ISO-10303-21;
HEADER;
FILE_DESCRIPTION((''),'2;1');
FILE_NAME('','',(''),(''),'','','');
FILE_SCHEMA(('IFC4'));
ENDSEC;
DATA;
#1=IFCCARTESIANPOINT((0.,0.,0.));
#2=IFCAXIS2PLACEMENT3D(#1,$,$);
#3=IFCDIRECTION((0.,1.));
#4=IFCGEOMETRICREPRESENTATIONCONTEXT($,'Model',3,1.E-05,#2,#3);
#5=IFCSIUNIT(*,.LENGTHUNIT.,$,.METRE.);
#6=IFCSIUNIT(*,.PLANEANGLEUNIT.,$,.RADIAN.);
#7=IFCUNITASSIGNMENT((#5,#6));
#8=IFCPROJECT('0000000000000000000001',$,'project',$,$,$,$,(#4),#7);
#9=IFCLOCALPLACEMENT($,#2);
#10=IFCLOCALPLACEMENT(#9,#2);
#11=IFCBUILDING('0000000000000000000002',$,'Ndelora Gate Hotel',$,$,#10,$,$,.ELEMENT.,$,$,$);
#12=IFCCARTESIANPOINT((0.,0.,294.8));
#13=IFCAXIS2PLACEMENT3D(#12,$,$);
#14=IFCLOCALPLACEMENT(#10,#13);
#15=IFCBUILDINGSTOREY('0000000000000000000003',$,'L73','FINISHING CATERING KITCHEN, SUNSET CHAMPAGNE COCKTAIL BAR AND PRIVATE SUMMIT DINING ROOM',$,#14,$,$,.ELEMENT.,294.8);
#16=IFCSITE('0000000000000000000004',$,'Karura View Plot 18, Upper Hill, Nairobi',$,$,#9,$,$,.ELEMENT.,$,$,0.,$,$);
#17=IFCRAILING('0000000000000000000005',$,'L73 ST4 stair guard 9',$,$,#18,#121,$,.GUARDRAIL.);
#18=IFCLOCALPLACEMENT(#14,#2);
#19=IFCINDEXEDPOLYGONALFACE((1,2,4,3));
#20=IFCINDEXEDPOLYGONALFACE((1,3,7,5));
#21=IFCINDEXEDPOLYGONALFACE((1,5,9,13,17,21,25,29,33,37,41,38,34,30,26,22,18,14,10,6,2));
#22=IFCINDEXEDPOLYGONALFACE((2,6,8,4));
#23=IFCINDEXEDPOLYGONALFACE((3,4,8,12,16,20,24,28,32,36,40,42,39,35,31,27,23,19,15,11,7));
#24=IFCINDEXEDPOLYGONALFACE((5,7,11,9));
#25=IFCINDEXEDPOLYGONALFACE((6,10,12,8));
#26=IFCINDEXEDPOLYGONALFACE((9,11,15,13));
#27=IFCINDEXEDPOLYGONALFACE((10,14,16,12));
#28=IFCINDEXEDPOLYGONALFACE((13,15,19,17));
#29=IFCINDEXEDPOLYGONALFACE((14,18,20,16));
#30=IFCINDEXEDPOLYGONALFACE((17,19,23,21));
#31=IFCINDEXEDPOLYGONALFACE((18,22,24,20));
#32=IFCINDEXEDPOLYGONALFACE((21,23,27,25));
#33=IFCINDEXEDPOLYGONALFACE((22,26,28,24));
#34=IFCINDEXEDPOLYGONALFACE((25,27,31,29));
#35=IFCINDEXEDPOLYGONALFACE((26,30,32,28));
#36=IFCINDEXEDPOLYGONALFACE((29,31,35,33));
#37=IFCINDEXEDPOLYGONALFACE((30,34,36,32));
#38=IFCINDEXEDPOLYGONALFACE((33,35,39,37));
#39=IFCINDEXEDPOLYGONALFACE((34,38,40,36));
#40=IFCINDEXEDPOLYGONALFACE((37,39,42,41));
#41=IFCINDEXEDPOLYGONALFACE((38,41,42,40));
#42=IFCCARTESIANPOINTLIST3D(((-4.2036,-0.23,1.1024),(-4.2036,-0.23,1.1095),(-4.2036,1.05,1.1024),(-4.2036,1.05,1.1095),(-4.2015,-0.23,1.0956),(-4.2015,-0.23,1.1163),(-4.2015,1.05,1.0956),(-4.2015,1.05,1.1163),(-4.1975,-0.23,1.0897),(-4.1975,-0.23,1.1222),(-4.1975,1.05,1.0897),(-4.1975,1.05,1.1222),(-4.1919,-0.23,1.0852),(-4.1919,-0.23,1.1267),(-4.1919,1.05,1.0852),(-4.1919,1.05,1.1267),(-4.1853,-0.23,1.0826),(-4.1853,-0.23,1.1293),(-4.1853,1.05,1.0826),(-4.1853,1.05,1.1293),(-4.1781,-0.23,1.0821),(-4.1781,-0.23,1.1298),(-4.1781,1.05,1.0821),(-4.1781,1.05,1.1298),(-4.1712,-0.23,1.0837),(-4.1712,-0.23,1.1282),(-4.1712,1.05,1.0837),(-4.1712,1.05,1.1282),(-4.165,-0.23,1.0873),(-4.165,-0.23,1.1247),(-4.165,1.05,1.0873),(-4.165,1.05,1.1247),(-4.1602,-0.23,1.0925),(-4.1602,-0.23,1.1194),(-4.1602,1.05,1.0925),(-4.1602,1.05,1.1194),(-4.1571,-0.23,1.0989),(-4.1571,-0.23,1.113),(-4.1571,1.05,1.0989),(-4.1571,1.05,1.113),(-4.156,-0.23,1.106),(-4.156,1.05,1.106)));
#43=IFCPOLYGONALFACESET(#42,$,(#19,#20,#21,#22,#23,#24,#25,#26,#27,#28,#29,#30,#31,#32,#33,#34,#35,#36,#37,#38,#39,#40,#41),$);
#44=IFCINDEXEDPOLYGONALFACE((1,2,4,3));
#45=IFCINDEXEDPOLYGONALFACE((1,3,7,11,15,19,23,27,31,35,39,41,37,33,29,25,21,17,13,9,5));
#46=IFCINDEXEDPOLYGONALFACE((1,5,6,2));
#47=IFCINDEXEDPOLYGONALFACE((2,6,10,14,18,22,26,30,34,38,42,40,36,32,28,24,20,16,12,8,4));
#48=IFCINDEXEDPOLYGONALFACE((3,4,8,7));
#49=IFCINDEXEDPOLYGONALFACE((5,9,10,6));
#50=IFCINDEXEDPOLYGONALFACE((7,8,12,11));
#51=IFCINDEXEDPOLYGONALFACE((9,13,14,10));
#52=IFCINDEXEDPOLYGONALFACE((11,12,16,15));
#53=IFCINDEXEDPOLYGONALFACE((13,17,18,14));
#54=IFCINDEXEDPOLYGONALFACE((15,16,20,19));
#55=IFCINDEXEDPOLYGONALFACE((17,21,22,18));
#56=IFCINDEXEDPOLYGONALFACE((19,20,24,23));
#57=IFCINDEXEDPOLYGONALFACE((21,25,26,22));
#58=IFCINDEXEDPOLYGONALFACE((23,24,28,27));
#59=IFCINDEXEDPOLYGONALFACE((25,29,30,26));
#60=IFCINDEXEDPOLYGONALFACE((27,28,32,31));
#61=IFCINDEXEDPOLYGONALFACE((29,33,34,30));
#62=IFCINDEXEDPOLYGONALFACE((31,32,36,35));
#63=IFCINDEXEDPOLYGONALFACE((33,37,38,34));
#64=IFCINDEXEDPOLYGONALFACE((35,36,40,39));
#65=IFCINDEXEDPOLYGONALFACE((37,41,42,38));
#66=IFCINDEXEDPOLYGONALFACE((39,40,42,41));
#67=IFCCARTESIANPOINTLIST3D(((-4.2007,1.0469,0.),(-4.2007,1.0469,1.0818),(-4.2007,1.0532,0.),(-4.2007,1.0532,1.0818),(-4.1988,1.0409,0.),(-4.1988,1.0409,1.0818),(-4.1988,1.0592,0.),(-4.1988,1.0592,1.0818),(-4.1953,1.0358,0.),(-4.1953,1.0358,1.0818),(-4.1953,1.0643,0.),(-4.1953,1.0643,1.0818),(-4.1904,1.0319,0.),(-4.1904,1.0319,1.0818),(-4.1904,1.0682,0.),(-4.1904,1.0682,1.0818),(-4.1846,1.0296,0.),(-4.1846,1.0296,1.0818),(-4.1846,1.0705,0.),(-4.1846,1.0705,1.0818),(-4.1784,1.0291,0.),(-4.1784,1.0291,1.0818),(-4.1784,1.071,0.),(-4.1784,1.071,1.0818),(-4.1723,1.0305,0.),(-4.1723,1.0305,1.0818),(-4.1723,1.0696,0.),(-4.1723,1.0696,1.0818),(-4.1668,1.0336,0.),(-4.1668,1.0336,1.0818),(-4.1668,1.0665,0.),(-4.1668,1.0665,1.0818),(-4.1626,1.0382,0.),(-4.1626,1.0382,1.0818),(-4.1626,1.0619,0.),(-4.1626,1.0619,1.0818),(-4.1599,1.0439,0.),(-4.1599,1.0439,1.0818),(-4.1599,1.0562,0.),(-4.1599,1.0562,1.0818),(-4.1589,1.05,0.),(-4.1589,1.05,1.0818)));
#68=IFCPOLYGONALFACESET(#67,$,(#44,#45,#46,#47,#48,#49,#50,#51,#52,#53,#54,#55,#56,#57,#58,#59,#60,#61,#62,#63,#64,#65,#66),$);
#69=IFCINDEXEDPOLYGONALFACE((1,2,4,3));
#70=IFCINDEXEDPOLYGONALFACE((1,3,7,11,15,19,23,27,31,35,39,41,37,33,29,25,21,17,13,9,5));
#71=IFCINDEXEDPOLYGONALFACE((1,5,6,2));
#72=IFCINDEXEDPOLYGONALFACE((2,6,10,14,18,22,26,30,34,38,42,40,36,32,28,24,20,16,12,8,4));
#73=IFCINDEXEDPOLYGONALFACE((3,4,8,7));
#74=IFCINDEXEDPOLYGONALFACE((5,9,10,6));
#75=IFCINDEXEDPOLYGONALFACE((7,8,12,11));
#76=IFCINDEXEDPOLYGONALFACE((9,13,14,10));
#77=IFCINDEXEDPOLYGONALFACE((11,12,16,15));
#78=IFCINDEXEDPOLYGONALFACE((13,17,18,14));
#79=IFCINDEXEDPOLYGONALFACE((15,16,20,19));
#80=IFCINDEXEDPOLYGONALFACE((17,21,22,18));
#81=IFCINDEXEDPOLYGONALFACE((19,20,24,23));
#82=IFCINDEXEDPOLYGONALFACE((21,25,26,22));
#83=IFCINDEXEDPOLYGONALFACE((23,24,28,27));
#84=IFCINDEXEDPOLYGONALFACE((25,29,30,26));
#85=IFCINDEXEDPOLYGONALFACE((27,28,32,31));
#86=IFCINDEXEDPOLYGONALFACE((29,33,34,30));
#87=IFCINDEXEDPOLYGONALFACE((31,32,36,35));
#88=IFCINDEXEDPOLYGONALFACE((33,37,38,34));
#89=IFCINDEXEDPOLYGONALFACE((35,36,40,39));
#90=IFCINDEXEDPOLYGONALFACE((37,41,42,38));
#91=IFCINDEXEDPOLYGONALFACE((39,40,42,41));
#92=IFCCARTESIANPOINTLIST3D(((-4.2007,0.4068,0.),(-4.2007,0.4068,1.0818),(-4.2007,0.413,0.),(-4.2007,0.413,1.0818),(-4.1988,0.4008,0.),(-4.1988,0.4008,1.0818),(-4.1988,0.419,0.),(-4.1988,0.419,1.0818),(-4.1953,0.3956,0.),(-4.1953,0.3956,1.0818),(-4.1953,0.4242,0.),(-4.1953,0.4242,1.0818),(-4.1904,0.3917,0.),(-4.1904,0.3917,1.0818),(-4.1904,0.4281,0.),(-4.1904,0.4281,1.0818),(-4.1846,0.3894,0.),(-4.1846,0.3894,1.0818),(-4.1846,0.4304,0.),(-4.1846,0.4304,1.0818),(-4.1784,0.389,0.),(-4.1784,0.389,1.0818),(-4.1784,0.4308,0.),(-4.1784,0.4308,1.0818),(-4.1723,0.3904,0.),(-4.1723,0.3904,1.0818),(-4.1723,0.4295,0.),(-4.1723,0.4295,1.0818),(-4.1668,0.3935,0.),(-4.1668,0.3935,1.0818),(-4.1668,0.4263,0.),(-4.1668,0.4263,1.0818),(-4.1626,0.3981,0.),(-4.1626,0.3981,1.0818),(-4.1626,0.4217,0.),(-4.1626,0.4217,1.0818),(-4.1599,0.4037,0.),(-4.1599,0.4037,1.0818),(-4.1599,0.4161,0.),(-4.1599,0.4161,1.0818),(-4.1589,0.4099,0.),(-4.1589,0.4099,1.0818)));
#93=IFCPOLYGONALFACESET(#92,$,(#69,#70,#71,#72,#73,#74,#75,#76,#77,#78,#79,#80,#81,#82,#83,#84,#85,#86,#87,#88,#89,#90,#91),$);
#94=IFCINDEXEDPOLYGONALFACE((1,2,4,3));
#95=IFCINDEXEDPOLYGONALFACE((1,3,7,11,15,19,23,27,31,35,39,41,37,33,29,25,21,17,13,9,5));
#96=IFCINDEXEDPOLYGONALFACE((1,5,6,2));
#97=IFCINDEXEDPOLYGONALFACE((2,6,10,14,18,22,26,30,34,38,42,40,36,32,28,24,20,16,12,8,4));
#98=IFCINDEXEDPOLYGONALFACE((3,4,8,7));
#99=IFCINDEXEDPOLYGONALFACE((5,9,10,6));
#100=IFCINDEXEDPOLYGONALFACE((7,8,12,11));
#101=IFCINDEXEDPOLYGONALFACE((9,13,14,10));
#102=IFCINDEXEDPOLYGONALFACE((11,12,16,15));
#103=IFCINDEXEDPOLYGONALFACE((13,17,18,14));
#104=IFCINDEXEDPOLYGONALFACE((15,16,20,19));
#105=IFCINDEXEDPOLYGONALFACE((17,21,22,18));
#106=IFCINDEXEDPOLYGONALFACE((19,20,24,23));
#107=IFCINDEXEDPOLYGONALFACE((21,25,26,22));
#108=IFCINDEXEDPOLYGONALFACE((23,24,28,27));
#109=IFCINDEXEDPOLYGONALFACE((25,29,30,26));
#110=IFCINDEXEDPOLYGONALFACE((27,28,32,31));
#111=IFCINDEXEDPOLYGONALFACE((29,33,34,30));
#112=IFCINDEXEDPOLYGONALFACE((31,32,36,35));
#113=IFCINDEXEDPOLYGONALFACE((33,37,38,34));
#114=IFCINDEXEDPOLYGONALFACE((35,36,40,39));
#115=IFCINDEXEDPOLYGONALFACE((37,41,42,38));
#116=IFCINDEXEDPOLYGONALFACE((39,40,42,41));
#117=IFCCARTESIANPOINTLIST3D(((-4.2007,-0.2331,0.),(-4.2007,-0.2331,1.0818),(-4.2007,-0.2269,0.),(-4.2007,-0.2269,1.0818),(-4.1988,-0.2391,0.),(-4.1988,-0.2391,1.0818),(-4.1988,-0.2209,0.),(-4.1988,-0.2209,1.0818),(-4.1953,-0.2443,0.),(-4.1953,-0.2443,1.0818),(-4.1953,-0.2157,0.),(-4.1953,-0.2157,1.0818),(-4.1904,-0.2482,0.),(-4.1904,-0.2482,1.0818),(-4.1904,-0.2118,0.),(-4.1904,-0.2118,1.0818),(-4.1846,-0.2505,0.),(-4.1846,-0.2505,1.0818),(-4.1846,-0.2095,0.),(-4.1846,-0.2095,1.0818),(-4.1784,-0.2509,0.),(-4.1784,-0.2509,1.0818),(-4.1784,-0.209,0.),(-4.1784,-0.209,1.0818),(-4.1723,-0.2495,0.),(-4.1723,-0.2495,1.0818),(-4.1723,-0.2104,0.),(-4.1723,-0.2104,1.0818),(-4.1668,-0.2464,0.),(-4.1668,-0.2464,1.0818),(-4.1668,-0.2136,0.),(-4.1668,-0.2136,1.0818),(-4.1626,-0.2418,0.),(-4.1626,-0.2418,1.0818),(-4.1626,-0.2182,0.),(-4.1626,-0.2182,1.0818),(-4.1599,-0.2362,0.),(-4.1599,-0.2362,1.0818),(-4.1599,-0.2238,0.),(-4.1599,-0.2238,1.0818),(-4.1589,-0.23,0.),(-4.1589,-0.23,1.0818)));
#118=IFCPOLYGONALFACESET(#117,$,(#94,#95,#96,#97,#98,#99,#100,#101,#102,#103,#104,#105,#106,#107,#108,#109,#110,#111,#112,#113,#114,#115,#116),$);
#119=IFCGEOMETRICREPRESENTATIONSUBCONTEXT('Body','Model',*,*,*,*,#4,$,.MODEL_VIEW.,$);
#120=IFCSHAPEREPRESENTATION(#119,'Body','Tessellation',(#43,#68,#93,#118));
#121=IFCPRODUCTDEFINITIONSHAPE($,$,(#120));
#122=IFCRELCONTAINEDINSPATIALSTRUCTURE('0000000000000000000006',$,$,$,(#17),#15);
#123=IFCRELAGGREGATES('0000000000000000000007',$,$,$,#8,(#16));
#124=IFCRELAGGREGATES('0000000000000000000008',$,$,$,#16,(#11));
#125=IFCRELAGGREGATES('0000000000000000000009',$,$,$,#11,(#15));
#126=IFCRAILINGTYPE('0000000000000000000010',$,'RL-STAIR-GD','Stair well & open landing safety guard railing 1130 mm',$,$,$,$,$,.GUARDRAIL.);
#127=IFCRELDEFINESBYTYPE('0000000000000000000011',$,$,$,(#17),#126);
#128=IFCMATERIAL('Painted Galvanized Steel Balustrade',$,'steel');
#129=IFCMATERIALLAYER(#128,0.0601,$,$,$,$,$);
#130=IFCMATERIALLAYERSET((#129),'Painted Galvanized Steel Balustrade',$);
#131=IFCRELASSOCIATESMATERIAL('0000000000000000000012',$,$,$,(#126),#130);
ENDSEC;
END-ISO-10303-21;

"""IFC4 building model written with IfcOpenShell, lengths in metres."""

from ifc_helpers import new_model, si_unit, direction, frame, origin, origin_2d, place, context, subcontext, project, spatial, circle, extrude, material, layer, layer_set, type_object, element, save


model = new_model("IFC4")

# Units and contexts
model_context = context("Model", 3, precision=1e-05, world=origin(), true_north=direction((0.0, 1.0)))
body_context = subcontext(model_context, "Body", "Model", "MODEL_VIEW")
ifc_project = project(units=[si_unit("LENGTHUNIT", "METRE"), si_unit("PLANEANGLEUNIT", "RADIAN")], contexts=[model_context])

# Site, building, storey
site_placement = place(None, origin())
site = spatial("IfcSite", under=ifc_project, at=site_placement, Name="Karura View Plot 18, Upper Hill, Nairobi", CompositionType="ELEMENT", RefElevation=0.0)
building_placement = place(site_placement, origin())
building = spatial("IfcBuilding", under=site, at=building_placement, Name="Ndelora Gate Hotel", CompositionType="ELEMENT")
storey_placement = place(building_placement, frame((0.0, 0.0, 294.8)))
storey = spatial("IfcBuildingStorey", under=building, at=storey_placement, Name="L73", Description="FINISHING CATERING KITCHEN, SUNSET CHAMPAGNE COCKTAIL BAR AND PRIVATE SUMMIT DINING ROOM", CompositionType="ELEMENT", Elevation=294.8)

# Railing
ifc_material_1 = material(Name="Painted Galvanized Steel Balustrade", Category="steel")
ifc_layer_1 = layer(ifc_material_1, 0.0601)
ifc_layer_set_1 = layer_set([ifc_layer_1], Name="Painted Galvanized Steel Balustrade")
railing_type = type_object("IfcRailingType", Name="RL-STAIR-GD", Description="Stair well & open landing safety guard railing 1130 mm", PredefinedType="GUARDRAIL", material=ifc_layer_set_1)
for number, where, name in (
    (1, (-4.1799, 1.05, 0.0), "L73 ST4 stair guard 9"),
):
    element("IfcRailing", number, at=place(storey_placement, frame(where)), inside=storey, type_object=railing_type, Name=name, PredefinedType="GUARDRAIL", context=body_context, shape_type="SweptSolid", body=[
        extrude(circle(Radius=0.0239, at=origin_2d()), frame((0.0, 0.0, 1.106), z_axis=(0.0, -1.0, 0.0), x_axis=(1.0, 0.0, 0.0)), (0.0, 0.0, 1.0), 1.28),
        extrude(circle(Radius=0.021, at=origin_2d()), origin(), (0.0, 0.0, 1.0), 1.0818),
        extrude(circle(Radius=0.021, at=origin_2d()), frame((0.0, -0.6401, 0.0)), (0.0, 0.0, 1.0), 1.0818),
        extrude(circle(Radius=0.021, at=origin_2d()), frame((0.0, -1.28, 0.0)), (0.0, 0.0, 1.0), 1.0818),
    ])

save(model, "model.ifc")
